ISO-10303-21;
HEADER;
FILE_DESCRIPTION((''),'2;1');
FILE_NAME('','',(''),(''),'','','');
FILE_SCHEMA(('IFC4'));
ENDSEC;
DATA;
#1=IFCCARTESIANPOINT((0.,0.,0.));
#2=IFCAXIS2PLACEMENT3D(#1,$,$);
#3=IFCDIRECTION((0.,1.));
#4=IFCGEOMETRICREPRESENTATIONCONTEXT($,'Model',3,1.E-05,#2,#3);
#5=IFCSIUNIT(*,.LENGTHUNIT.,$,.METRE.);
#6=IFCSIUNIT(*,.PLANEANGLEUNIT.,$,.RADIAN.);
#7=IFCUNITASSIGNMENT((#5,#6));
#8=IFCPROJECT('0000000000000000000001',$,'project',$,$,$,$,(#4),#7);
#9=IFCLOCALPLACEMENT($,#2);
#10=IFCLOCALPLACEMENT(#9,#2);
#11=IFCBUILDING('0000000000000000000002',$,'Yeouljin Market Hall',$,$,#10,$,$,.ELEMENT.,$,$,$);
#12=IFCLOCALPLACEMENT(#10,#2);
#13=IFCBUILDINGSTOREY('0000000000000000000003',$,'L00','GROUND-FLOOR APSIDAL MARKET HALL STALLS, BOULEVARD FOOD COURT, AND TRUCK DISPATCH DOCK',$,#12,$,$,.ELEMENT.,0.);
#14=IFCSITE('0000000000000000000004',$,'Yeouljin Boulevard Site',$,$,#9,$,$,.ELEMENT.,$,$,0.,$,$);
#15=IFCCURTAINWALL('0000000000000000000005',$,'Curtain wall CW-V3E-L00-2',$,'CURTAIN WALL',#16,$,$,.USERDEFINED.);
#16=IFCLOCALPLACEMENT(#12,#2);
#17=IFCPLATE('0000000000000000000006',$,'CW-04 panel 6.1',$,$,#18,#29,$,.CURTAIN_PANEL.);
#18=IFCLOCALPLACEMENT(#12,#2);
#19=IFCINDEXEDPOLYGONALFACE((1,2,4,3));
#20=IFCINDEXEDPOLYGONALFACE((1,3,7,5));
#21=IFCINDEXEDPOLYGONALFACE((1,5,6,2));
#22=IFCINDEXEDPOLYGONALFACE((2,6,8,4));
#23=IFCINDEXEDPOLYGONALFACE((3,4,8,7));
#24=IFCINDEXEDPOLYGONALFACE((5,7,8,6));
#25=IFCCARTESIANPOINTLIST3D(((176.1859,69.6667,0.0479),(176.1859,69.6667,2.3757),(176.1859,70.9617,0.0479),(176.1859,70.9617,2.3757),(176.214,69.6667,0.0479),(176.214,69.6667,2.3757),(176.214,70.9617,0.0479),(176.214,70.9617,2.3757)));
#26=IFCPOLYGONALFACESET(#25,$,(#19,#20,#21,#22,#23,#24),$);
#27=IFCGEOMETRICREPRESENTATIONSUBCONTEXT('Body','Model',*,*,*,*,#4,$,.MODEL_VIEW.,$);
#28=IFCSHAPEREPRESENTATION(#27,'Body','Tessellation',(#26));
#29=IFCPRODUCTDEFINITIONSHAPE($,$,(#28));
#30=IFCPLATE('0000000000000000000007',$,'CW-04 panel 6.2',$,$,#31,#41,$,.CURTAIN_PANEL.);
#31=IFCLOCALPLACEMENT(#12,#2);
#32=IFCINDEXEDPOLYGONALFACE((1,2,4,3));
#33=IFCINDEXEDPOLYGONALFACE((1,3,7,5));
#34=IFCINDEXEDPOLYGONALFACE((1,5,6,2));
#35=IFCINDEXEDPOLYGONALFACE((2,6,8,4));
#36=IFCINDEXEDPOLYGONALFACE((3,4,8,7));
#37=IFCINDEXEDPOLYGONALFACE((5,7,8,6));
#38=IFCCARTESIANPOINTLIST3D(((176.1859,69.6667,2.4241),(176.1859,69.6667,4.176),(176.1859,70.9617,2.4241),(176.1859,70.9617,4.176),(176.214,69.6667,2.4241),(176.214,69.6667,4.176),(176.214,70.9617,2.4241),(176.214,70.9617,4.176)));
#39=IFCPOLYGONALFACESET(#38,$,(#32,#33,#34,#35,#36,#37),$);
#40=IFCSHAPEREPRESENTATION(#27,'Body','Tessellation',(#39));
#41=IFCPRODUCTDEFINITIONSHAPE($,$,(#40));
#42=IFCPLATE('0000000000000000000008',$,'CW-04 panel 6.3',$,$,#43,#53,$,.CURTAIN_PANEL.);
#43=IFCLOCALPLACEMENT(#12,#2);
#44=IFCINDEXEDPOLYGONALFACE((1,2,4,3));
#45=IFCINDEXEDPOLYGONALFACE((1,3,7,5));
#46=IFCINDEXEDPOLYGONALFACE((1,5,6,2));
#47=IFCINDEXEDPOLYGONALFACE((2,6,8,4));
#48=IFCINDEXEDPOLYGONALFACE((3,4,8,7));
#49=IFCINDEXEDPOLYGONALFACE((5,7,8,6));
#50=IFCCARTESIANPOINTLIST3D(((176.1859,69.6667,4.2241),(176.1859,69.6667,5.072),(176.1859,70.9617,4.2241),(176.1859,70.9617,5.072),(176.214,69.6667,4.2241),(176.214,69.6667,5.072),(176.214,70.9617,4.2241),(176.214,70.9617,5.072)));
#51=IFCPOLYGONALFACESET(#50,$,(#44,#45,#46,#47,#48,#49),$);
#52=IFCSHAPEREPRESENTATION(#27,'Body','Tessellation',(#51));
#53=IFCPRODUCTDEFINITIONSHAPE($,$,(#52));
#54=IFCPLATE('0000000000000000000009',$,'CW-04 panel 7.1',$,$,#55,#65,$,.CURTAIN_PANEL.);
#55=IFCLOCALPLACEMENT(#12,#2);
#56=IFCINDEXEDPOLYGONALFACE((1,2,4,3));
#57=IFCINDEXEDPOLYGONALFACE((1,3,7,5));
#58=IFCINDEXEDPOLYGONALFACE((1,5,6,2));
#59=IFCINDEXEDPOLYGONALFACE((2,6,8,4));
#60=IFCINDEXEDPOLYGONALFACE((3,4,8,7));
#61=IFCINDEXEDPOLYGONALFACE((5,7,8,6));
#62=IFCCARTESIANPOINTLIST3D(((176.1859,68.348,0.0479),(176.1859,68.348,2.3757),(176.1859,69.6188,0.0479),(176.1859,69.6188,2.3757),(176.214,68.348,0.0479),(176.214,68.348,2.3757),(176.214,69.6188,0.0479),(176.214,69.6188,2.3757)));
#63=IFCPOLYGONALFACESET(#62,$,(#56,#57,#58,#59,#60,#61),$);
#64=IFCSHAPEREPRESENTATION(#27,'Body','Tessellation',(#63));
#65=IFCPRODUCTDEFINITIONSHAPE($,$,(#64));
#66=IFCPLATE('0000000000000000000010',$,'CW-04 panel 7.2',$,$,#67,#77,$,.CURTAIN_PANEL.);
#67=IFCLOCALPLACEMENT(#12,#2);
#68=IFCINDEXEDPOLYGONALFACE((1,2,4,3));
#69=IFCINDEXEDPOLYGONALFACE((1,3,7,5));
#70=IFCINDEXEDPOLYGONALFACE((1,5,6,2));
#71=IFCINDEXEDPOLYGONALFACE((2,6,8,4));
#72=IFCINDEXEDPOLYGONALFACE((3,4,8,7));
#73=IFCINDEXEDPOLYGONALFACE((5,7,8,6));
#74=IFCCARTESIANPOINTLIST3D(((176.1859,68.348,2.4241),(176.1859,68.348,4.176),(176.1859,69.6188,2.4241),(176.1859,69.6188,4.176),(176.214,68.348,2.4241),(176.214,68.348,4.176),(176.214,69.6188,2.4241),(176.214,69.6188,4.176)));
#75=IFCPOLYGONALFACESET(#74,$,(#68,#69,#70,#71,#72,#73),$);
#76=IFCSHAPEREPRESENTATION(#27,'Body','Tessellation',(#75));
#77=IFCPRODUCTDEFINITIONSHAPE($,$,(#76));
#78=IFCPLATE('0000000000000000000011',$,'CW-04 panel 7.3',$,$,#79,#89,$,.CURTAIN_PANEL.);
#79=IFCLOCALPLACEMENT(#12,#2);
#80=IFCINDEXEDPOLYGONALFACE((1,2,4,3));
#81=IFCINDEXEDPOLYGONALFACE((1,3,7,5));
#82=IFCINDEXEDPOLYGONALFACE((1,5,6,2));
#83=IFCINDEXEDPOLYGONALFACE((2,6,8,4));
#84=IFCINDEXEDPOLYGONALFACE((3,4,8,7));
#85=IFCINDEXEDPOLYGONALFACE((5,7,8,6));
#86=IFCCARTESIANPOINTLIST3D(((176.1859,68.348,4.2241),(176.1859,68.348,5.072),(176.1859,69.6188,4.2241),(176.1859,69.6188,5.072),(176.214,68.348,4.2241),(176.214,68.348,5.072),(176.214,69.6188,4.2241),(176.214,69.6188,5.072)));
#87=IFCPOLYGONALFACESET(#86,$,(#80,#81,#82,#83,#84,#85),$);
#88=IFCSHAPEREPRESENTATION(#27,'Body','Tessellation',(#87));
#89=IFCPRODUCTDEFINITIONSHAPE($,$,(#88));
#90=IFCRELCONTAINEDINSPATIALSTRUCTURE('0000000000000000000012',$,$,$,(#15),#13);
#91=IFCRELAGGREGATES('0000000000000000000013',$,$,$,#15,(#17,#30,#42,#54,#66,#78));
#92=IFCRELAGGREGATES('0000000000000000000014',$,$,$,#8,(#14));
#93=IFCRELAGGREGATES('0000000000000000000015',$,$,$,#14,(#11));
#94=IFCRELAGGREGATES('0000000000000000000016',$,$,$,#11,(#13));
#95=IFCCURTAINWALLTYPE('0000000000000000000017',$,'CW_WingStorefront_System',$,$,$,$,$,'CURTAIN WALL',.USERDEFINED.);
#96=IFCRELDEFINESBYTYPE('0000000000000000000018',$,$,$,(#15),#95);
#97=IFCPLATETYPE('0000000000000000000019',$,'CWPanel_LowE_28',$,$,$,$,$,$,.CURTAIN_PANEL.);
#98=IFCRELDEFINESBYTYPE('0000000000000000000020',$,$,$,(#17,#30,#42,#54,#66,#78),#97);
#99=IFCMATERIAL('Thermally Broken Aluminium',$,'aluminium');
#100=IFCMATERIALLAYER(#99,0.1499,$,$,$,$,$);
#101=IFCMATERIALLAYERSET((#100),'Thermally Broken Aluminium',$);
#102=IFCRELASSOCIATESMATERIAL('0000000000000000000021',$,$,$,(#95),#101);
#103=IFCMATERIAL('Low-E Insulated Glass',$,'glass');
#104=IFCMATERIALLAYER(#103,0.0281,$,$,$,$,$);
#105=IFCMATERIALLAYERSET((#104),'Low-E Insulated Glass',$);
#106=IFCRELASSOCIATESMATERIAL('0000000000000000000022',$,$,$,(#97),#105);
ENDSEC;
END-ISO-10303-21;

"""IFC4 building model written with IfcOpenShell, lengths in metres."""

from ifc_helpers import new_model, si_unit, direction, frame, origin, origin_2d, place, context, subcontext, project, spatial, rectangle, extrude, material, layer, layer_set, type_object, element, aggregate, save


model = new_model("IFC4")

# Units and contexts
model_context = context("Model", 3, precision=1e-05, world=origin(), true_north=direction((0.0, 1.0)))
body_context = subcontext(model_context, "Body", "Model", "MODEL_VIEW")
ifc_project = project(units=[si_unit("LENGTHUNIT", "METRE"), si_unit("PLANEANGLEUNIT", "RADIAN")], contexts=[model_context])

# Site, building, storey
site_placement = place(None, origin())
site = spatial("IfcSite", under=ifc_project, at=site_placement, Name="Yeouljin Boulevard Site", CompositionType="ELEMENT", RefElevation=0.0)
building_placement = place(site_placement, origin())
building = spatial("IfcBuilding", under=site, at=building_placement, Name="Yeouljin Market Hall", CompositionType="ELEMENT")
storey_placement = place(building_placement, origin())
storey = spatial("IfcBuildingStorey", under=building, at=storey_placement, Name="L00", Description="GROUND-FLOOR APSIDAL MARKET HALL STALLS, BOULEVARD FOOD COURT, AND TRUCK DISPATCH DOCK", CompositionType="ELEMENT", Elevation=0.0)

# Curtain wall
ifc_material_1 = material(Name="Thermally Broken Aluminium", Category="aluminium")
ifc_layer_1 = layer(ifc_material_1, 0.1499)
ifc_layer_set_1 = layer_set([ifc_layer_1], Name="Thermally Broken Aluminium")
curtain_wall_type = type_object("IfcCurtainWallType", Name="CW_WingStorefront_System", ElementType="CURTAIN WALL", PredefinedType="USERDEFINED", material=ifc_layer_set_1)
curtain_wall_1_placement = place(storey_placement, origin())
curtain_wall_1 = element("IfcCurtainWall", 1, at=curtain_wall_1_placement, inside=storey, type_object=curtain_wall_type, Name="Curtain wall CW-V3E-L00-2", ObjectType="CURTAIN WALL", PredefinedType="USERDEFINED")

# Plates
ifc_material_2 = material(Name="Low-E Insulated Glass", Category="glass")
ifc_layer_2 = layer(ifc_material_2, 0.0281)
ifc_layer_set_2 = layer_set([ifc_layer_2], Name="Low-E Insulated Glass")
plate_type = type_object("IfcPlateType", Name="CWPanel_LowE_28", PredefinedType="CURTAIN_PANEL", material=ifc_layer_set_2)
plate_1_placement = place(storey_placement, frame((176.2, 70.3142, 0.0479), z_axis=(0.0, 0.0, 1.0), x_axis=(0.0, -1.0, 0.0)))
plate_1 = element("IfcPlate", 2, at=plate_1_placement, type_object=plate_type, Name="CW-04 panel 6.1", PredefinedType="CURTAIN_PANEL", context=body_context, shape_type="SweptSolid", body=[
    extrude(rectangle(XDim=1.2949, YDim=0.0281, at=origin_2d()), origin(), (0.0, 0.0, 1.0), 2.3279),
])
plate_2_placement = place(storey_placement, frame((176.2, 70.3142, 2.4241), z_axis=(0.0, 0.0, 1.0), x_axis=(0.0, -1.0, 0.0)))
plate_2 = element("IfcPlate", 3, at=plate_2_placement, type_object=plate_type, Name="CW-04 panel 6.2", PredefinedType="CURTAIN_PANEL", context=body_context, shape_type="SweptSolid", body=[
    extrude(rectangle(XDim=1.2949, YDim=0.0281, at=origin_2d()), origin(), (0.0, 0.0, 1.0), 1.752),
])
plate_3_placement = place(storey_placement, frame((176.2, 70.3142, 4.2241), z_axis=(0.0, 0.0, 1.0), x_axis=(0.0, -1.0, 0.0)))
plate_3 = element("IfcPlate", 4, at=plate_3_placement, type_object=plate_type, Name="CW-04 panel 6.3", PredefinedType="CURTAIN_PANEL", context=body_context, shape_type="SweptSolid", body=[
    extrude(rectangle(XDim=1.2949, YDim=0.0281, at=origin_2d()), origin(), (0.0, 0.0, 1.0), 0.8479),
])
plate_4_placement = place(storey_placement, frame((176.2, 68.9834, 0.0479), z_axis=(0.0, 0.0, 1.0), x_axis=(0.0, -1.0, 0.0)))
plate_4 = element("IfcPlate", 5, at=plate_4_placement, type_object=plate_type, Name="CW-04 panel 7.1", PredefinedType="CURTAIN_PANEL", context=body_context, shape_type="SweptSolid", body=[
    extrude(rectangle(XDim=1.2708, YDim=0.0281, at=origin_2d()), origin(), (0.0, 0.0, 1.0), 2.3279),
])
plate_5_placement = place(storey_placement, frame((176.2, 68.9834, 2.4241), z_axis=(0.0, 0.0, 1.0), x_axis=(0.0, -1.0, 0.0)))
plate_5 = element("IfcPlate", 6, at=plate_5_placement, type_object=plate_type, Name="CW-04 panel 7.2", PredefinedType="CURTAIN_PANEL", context=body_context, shape_type="SweptSolid", body=[
    extrude(rectangle(XDim=1.2708, YDim=0.0281, at=origin_2d()), origin(), (0.0, 0.0, 1.0), 1.752),
])
plate_6_placement = place(storey_placement, frame((176.2, 68.9834, 4.2241), z_axis=(0.0, 0.0, 1.0), x_axis=(0.0, -1.0, 0.0)))
plate_6 = element("IfcPlate", 7, at=plate_6_placement, type_object=plate_type, Name="CW-04 panel 7.3", PredefinedType="CURTAIN_PANEL", context=body_context, shape_type="SweptSolid", body=[
    extrude(rectangle(XDim=1.2708, YDim=0.0281, at=origin_2d()), origin(), (0.0, 0.0, 1.0), 0.8479),
])
aggregate(curtain_wall_1, [plate_1, plate_2, plate_3, plate_4, plate_5, plate_6])

save(model, "model.ifc")
